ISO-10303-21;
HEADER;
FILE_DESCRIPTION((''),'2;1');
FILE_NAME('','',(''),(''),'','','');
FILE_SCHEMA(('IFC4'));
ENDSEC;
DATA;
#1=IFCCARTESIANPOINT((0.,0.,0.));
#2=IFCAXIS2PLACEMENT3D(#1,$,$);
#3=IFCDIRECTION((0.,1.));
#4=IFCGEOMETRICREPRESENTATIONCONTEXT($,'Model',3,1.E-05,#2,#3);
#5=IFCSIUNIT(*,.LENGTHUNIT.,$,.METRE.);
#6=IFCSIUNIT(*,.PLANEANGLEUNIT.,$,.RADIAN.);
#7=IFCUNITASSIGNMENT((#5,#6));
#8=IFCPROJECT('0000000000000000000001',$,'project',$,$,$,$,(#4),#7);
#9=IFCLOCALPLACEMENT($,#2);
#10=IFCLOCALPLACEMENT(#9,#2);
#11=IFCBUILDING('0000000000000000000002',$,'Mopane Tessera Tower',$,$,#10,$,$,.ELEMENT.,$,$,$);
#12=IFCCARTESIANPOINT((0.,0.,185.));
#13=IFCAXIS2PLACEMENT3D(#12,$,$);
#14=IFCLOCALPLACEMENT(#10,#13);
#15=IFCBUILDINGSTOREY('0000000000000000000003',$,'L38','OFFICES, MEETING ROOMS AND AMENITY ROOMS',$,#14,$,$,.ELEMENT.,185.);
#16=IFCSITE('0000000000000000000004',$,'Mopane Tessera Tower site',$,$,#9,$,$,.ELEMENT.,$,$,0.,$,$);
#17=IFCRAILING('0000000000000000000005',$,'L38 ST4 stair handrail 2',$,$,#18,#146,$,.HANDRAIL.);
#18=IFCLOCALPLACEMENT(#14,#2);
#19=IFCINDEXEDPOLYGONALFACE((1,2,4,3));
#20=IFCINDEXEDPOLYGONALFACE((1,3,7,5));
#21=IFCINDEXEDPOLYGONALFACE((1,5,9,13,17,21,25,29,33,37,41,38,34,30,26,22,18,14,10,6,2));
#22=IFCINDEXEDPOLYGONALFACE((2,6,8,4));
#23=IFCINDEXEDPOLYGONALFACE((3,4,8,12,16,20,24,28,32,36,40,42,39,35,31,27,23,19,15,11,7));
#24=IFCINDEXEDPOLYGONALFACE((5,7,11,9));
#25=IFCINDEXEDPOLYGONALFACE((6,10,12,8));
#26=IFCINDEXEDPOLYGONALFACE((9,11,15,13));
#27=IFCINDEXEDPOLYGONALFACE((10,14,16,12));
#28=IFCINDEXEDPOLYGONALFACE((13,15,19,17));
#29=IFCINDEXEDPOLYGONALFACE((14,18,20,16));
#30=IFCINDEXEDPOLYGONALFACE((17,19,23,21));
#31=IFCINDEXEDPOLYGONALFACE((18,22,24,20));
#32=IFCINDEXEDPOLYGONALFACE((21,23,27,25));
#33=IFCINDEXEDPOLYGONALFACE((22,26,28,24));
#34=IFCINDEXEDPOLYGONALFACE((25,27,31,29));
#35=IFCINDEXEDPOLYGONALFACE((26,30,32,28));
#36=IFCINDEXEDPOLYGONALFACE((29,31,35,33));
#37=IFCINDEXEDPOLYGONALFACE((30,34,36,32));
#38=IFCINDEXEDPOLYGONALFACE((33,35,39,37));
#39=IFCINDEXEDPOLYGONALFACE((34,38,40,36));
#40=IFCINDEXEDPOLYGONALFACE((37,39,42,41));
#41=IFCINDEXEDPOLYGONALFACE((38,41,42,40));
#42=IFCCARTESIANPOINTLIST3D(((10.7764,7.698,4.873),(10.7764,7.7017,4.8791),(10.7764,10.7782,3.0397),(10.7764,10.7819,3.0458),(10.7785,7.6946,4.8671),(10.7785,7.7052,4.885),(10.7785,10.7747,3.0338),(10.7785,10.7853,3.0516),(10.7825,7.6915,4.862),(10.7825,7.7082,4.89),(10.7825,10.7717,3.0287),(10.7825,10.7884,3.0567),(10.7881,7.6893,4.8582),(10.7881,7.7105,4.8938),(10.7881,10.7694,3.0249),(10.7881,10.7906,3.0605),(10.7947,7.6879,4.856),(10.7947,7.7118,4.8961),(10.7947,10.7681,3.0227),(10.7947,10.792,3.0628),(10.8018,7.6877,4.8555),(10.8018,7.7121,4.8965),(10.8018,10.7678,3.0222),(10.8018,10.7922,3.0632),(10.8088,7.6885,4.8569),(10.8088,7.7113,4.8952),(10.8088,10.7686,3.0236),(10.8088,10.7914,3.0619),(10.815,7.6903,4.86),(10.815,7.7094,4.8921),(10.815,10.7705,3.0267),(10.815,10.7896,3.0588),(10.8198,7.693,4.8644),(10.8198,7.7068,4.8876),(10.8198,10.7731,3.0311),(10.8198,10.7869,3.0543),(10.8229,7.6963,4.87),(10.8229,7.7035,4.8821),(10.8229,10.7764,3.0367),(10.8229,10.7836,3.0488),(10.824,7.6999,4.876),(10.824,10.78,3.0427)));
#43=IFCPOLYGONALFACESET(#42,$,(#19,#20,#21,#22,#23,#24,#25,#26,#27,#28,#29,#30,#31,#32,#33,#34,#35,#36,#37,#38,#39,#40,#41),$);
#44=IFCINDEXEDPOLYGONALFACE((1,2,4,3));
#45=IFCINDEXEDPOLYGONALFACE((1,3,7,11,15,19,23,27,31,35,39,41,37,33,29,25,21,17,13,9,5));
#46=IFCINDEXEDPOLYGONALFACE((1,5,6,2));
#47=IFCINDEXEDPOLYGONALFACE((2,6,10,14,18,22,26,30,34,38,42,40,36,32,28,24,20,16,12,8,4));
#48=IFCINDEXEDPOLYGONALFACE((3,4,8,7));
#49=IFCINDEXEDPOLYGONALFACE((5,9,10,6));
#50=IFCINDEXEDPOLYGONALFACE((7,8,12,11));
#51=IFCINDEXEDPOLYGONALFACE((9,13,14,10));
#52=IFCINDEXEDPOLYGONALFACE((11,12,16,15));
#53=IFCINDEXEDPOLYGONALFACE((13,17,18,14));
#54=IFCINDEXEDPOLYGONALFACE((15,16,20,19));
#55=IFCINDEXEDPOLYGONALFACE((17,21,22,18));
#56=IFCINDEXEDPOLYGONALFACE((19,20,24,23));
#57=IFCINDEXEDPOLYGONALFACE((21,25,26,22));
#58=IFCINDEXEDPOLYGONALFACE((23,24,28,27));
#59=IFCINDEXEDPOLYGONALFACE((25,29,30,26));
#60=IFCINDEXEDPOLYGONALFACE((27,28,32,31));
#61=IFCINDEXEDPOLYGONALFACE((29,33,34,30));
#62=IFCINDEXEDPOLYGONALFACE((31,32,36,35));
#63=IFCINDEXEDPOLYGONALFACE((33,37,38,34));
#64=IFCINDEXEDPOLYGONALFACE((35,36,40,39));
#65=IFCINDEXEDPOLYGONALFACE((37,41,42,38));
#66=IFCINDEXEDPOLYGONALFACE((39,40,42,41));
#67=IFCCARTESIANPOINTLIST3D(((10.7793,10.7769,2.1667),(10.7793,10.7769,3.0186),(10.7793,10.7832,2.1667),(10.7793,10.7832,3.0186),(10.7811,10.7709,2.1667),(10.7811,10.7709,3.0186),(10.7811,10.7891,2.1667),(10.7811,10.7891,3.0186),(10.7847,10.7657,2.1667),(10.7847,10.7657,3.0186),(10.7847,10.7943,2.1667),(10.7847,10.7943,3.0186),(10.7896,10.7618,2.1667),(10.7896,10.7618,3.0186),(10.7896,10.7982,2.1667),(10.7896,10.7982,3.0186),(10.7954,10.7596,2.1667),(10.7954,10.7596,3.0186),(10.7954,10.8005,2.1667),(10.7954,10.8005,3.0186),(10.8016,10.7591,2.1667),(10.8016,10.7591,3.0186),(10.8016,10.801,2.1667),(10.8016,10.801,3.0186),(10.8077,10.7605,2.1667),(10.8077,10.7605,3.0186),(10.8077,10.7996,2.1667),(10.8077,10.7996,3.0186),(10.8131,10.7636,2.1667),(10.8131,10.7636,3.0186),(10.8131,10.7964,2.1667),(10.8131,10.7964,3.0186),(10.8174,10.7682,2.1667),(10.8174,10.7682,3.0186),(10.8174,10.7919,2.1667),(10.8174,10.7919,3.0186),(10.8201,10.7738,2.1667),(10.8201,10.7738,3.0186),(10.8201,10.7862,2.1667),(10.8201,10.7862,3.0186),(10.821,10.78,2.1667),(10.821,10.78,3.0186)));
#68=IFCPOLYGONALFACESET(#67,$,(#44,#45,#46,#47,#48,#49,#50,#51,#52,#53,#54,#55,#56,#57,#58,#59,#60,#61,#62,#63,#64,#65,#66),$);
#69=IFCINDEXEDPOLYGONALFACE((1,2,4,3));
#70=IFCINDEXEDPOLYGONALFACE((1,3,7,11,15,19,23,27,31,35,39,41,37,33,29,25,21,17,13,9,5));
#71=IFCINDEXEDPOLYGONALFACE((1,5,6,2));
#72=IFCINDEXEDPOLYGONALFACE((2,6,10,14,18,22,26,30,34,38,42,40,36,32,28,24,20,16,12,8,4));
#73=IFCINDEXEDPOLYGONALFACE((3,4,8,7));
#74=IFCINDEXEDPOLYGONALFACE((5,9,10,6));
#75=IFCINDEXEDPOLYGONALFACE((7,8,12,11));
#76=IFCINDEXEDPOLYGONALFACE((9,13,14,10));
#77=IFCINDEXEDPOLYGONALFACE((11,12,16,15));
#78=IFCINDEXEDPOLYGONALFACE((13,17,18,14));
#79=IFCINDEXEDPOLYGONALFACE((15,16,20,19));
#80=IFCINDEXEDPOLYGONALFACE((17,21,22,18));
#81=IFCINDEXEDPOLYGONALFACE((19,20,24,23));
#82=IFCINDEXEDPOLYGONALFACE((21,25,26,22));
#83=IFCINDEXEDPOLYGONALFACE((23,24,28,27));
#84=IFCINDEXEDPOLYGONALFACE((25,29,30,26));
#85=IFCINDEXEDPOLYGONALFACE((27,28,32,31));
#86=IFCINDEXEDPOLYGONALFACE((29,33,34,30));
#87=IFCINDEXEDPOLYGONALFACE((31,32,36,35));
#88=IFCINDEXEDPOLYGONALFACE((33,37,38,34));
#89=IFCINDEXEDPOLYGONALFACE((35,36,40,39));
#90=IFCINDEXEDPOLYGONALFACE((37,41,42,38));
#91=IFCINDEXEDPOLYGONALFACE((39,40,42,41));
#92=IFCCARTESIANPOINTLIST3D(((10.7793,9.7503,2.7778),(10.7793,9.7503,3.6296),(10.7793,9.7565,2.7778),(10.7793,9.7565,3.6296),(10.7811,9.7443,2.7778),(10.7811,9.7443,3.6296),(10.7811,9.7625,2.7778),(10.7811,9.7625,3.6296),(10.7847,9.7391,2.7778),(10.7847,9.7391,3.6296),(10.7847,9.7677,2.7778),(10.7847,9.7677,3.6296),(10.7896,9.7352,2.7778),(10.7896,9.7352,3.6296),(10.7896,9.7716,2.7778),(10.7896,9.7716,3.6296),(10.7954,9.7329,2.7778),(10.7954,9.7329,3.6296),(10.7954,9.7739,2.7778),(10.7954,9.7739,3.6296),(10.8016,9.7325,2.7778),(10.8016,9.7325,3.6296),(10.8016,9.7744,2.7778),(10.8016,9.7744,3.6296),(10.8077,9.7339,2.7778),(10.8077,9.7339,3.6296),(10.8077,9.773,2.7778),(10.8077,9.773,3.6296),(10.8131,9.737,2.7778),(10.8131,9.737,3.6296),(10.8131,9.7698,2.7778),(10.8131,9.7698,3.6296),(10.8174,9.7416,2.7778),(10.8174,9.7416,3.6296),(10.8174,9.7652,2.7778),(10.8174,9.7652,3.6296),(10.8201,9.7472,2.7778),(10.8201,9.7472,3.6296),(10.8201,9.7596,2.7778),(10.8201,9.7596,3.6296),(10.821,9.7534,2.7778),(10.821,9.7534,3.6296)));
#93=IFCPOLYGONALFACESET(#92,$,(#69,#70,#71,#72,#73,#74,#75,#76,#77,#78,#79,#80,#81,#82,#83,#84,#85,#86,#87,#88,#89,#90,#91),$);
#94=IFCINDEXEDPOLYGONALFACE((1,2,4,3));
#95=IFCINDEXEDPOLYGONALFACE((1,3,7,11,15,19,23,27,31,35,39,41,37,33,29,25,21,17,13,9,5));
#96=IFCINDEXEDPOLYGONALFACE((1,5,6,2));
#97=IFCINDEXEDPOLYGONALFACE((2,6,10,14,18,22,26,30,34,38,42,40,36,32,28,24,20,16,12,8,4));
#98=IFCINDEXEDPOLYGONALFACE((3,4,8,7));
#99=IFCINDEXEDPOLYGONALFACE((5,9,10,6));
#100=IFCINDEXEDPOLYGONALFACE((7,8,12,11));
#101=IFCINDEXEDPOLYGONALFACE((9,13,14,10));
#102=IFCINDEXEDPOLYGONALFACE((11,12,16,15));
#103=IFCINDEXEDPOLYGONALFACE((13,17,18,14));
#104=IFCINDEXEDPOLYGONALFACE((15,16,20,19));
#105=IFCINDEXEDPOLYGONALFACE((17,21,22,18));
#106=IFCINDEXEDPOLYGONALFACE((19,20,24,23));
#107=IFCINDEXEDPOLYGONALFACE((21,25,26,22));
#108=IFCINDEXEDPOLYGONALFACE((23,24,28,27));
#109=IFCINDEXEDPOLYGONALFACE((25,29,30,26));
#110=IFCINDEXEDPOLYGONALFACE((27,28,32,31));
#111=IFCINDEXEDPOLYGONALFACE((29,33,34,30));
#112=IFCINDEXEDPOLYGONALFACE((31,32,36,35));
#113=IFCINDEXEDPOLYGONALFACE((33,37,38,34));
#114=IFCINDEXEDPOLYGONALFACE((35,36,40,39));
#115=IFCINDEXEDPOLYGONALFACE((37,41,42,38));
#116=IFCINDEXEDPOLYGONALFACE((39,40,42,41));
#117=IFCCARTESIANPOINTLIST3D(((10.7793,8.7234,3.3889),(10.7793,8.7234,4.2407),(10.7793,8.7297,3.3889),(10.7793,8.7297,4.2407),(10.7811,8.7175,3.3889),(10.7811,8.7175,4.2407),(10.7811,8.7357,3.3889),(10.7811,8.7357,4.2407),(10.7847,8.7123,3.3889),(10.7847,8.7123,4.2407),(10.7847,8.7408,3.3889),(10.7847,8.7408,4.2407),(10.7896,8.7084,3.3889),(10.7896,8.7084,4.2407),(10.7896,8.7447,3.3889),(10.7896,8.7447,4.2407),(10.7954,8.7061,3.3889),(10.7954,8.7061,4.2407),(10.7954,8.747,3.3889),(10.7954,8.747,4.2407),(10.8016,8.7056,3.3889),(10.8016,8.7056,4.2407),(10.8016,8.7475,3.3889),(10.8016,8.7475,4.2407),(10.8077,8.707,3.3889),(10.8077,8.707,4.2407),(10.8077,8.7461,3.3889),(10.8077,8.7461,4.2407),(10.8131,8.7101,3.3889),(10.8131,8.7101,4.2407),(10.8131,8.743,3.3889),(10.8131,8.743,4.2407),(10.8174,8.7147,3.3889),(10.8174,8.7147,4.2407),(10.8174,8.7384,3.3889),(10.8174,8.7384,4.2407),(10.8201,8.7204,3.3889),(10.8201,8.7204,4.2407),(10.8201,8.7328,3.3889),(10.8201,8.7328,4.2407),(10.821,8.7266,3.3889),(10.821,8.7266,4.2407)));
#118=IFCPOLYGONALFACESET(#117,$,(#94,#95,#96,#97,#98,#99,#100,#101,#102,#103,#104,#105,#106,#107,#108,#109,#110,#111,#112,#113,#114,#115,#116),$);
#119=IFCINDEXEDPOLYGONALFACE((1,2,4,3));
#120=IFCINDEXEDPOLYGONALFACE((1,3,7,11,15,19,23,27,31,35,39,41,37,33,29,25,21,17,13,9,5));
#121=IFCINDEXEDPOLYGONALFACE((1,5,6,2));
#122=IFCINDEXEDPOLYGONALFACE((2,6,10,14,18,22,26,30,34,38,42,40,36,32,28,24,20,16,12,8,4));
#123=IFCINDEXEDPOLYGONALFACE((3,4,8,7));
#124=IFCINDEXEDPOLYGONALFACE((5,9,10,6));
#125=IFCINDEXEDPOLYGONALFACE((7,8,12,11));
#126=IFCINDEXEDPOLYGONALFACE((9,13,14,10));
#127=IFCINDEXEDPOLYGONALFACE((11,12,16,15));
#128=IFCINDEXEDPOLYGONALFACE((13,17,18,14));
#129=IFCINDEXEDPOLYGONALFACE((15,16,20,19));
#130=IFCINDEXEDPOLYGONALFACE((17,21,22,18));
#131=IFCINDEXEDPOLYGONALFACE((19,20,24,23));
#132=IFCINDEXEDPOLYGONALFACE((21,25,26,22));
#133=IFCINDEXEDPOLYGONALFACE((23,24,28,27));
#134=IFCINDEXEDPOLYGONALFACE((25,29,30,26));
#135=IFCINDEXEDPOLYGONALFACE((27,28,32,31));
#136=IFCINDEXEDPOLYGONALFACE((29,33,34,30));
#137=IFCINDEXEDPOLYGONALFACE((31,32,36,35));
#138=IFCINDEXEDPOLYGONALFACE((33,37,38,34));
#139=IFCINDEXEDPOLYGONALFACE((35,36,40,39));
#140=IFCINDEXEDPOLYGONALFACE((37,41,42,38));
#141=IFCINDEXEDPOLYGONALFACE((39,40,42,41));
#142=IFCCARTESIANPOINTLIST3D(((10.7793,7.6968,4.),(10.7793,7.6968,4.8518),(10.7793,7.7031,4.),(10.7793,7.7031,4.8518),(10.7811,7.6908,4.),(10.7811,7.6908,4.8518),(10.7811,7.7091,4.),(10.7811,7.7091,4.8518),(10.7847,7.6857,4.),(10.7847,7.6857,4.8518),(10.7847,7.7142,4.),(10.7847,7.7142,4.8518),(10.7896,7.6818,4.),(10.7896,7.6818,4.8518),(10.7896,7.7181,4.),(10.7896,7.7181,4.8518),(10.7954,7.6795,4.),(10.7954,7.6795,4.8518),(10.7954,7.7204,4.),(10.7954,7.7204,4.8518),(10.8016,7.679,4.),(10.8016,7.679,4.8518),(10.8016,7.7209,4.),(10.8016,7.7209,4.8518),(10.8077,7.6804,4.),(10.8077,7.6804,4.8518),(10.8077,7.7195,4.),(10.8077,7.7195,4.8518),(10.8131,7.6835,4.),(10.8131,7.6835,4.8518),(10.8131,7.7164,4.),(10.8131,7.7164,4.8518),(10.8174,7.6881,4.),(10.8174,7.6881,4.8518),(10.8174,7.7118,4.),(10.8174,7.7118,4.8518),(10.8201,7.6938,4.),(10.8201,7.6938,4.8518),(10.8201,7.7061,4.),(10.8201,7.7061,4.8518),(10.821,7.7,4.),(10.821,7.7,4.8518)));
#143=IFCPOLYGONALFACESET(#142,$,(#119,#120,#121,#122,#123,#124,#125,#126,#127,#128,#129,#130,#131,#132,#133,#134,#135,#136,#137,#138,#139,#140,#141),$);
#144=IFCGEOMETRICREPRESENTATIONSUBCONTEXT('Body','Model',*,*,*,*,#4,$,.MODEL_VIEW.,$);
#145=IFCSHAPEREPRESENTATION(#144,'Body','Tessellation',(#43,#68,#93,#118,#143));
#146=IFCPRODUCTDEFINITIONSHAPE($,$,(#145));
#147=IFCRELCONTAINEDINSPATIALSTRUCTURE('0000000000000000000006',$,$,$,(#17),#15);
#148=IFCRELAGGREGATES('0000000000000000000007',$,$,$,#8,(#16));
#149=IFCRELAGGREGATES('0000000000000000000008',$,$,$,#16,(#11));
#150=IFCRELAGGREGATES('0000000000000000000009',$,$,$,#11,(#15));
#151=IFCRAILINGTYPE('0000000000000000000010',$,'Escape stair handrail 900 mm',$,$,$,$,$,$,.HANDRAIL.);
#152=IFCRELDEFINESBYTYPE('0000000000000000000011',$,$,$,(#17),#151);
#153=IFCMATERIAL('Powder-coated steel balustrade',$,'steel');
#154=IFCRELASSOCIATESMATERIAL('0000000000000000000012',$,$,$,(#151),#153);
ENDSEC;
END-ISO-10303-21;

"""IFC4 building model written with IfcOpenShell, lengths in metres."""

from ifc_helpers import new_model, si_unit, direction, frame, origin, origin_2d, place, context, subcontext, project, spatial, circle, extrude, material, type_object, element, save


model = new_model("IFC4")

# Units and contexts
model_context = context("Model", 3, precision=1e-05, world=origin(), true_north=direction((0.0, 1.0)))
body_context = subcontext(model_context, "Body", "Model", "MODEL_VIEW")
ifc_project = project(units=[si_unit("LENGTHUNIT", "METRE"), si_unit("PLANEANGLEUNIT", "RADIAN")], contexts=[model_context])

# Site, building, storey
site_placement = place(None, origin())
site = spatial("IfcSite", under=ifc_project, at=site_placement, Name="Mopane Tessera Tower site", CompositionType="ELEMENT", RefElevation=0.0)
building_placement = place(site_placement, origin())
building = spatial("IfcBuilding", under=site, at=building_placement, Name="Mopane Tessera Tower", CompositionType="ELEMENT")
storey_placement = place(building_placement, frame((0.0, 0.0, 185.0)))
storey = spatial("IfcBuildingStorey", under=building, at=storey_placement, Name="L38", Description="OFFICES, MEETING ROOMS AND AMENITY ROOMS", CompositionType="ELEMENT", Elevation=185.0)

# Railing
ifc_material_1 = material(Name="Powder-coated steel balustrade", Category="steel")
railing_type_1 = type_object("IfcRailingType", Name="Escape stair handrail 900 mm", PredefinedType="HANDRAIL", material=ifc_material_1)
railing_1_placement = place(storey_placement, frame((10.8, 10.78, 2.1667)))
element("IfcRailing", 1, at=railing_1_placement, inside=storey, type_object=railing_type_1, Name="L38 ST4 stair handrail 2", PredefinedType="HANDRAIL", context=body_context, shape_type="SweptSolid", body=[
    extrude(circle(Radius=0.0239, at=origin_2d()), frame((0.0, 0.0, 0.876), z_axis=(0.0, -0.859309, 0.511458), x_axis=(1.0, 0.0, 0.0)), (0.0, 0.0, 1.0), 3.5845),
    extrude(circle(Radius=0.021, at=origin_2d()), origin(), (0.0, 0.0, 1.0), 0.8518),
    extrude(circle(Radius=0.021, at=origin_2d()), frame((0.0, -1.0266, 0.6111)), (0.0, 0.0, 1.0), 0.8518),
    extrude(circle(Radius=0.021, at=origin_2d()), frame((0.0, -2.0535, 1.2222)), (0.0, 0.0, 1.0), 0.8518),
    extrude(circle(Radius=0.021, at=origin_2d()), frame((0.0, -3.0801, 1.8333)), (0.0, 0.0, 1.0), 0.8518),
])

save(model, "model.ifc")
